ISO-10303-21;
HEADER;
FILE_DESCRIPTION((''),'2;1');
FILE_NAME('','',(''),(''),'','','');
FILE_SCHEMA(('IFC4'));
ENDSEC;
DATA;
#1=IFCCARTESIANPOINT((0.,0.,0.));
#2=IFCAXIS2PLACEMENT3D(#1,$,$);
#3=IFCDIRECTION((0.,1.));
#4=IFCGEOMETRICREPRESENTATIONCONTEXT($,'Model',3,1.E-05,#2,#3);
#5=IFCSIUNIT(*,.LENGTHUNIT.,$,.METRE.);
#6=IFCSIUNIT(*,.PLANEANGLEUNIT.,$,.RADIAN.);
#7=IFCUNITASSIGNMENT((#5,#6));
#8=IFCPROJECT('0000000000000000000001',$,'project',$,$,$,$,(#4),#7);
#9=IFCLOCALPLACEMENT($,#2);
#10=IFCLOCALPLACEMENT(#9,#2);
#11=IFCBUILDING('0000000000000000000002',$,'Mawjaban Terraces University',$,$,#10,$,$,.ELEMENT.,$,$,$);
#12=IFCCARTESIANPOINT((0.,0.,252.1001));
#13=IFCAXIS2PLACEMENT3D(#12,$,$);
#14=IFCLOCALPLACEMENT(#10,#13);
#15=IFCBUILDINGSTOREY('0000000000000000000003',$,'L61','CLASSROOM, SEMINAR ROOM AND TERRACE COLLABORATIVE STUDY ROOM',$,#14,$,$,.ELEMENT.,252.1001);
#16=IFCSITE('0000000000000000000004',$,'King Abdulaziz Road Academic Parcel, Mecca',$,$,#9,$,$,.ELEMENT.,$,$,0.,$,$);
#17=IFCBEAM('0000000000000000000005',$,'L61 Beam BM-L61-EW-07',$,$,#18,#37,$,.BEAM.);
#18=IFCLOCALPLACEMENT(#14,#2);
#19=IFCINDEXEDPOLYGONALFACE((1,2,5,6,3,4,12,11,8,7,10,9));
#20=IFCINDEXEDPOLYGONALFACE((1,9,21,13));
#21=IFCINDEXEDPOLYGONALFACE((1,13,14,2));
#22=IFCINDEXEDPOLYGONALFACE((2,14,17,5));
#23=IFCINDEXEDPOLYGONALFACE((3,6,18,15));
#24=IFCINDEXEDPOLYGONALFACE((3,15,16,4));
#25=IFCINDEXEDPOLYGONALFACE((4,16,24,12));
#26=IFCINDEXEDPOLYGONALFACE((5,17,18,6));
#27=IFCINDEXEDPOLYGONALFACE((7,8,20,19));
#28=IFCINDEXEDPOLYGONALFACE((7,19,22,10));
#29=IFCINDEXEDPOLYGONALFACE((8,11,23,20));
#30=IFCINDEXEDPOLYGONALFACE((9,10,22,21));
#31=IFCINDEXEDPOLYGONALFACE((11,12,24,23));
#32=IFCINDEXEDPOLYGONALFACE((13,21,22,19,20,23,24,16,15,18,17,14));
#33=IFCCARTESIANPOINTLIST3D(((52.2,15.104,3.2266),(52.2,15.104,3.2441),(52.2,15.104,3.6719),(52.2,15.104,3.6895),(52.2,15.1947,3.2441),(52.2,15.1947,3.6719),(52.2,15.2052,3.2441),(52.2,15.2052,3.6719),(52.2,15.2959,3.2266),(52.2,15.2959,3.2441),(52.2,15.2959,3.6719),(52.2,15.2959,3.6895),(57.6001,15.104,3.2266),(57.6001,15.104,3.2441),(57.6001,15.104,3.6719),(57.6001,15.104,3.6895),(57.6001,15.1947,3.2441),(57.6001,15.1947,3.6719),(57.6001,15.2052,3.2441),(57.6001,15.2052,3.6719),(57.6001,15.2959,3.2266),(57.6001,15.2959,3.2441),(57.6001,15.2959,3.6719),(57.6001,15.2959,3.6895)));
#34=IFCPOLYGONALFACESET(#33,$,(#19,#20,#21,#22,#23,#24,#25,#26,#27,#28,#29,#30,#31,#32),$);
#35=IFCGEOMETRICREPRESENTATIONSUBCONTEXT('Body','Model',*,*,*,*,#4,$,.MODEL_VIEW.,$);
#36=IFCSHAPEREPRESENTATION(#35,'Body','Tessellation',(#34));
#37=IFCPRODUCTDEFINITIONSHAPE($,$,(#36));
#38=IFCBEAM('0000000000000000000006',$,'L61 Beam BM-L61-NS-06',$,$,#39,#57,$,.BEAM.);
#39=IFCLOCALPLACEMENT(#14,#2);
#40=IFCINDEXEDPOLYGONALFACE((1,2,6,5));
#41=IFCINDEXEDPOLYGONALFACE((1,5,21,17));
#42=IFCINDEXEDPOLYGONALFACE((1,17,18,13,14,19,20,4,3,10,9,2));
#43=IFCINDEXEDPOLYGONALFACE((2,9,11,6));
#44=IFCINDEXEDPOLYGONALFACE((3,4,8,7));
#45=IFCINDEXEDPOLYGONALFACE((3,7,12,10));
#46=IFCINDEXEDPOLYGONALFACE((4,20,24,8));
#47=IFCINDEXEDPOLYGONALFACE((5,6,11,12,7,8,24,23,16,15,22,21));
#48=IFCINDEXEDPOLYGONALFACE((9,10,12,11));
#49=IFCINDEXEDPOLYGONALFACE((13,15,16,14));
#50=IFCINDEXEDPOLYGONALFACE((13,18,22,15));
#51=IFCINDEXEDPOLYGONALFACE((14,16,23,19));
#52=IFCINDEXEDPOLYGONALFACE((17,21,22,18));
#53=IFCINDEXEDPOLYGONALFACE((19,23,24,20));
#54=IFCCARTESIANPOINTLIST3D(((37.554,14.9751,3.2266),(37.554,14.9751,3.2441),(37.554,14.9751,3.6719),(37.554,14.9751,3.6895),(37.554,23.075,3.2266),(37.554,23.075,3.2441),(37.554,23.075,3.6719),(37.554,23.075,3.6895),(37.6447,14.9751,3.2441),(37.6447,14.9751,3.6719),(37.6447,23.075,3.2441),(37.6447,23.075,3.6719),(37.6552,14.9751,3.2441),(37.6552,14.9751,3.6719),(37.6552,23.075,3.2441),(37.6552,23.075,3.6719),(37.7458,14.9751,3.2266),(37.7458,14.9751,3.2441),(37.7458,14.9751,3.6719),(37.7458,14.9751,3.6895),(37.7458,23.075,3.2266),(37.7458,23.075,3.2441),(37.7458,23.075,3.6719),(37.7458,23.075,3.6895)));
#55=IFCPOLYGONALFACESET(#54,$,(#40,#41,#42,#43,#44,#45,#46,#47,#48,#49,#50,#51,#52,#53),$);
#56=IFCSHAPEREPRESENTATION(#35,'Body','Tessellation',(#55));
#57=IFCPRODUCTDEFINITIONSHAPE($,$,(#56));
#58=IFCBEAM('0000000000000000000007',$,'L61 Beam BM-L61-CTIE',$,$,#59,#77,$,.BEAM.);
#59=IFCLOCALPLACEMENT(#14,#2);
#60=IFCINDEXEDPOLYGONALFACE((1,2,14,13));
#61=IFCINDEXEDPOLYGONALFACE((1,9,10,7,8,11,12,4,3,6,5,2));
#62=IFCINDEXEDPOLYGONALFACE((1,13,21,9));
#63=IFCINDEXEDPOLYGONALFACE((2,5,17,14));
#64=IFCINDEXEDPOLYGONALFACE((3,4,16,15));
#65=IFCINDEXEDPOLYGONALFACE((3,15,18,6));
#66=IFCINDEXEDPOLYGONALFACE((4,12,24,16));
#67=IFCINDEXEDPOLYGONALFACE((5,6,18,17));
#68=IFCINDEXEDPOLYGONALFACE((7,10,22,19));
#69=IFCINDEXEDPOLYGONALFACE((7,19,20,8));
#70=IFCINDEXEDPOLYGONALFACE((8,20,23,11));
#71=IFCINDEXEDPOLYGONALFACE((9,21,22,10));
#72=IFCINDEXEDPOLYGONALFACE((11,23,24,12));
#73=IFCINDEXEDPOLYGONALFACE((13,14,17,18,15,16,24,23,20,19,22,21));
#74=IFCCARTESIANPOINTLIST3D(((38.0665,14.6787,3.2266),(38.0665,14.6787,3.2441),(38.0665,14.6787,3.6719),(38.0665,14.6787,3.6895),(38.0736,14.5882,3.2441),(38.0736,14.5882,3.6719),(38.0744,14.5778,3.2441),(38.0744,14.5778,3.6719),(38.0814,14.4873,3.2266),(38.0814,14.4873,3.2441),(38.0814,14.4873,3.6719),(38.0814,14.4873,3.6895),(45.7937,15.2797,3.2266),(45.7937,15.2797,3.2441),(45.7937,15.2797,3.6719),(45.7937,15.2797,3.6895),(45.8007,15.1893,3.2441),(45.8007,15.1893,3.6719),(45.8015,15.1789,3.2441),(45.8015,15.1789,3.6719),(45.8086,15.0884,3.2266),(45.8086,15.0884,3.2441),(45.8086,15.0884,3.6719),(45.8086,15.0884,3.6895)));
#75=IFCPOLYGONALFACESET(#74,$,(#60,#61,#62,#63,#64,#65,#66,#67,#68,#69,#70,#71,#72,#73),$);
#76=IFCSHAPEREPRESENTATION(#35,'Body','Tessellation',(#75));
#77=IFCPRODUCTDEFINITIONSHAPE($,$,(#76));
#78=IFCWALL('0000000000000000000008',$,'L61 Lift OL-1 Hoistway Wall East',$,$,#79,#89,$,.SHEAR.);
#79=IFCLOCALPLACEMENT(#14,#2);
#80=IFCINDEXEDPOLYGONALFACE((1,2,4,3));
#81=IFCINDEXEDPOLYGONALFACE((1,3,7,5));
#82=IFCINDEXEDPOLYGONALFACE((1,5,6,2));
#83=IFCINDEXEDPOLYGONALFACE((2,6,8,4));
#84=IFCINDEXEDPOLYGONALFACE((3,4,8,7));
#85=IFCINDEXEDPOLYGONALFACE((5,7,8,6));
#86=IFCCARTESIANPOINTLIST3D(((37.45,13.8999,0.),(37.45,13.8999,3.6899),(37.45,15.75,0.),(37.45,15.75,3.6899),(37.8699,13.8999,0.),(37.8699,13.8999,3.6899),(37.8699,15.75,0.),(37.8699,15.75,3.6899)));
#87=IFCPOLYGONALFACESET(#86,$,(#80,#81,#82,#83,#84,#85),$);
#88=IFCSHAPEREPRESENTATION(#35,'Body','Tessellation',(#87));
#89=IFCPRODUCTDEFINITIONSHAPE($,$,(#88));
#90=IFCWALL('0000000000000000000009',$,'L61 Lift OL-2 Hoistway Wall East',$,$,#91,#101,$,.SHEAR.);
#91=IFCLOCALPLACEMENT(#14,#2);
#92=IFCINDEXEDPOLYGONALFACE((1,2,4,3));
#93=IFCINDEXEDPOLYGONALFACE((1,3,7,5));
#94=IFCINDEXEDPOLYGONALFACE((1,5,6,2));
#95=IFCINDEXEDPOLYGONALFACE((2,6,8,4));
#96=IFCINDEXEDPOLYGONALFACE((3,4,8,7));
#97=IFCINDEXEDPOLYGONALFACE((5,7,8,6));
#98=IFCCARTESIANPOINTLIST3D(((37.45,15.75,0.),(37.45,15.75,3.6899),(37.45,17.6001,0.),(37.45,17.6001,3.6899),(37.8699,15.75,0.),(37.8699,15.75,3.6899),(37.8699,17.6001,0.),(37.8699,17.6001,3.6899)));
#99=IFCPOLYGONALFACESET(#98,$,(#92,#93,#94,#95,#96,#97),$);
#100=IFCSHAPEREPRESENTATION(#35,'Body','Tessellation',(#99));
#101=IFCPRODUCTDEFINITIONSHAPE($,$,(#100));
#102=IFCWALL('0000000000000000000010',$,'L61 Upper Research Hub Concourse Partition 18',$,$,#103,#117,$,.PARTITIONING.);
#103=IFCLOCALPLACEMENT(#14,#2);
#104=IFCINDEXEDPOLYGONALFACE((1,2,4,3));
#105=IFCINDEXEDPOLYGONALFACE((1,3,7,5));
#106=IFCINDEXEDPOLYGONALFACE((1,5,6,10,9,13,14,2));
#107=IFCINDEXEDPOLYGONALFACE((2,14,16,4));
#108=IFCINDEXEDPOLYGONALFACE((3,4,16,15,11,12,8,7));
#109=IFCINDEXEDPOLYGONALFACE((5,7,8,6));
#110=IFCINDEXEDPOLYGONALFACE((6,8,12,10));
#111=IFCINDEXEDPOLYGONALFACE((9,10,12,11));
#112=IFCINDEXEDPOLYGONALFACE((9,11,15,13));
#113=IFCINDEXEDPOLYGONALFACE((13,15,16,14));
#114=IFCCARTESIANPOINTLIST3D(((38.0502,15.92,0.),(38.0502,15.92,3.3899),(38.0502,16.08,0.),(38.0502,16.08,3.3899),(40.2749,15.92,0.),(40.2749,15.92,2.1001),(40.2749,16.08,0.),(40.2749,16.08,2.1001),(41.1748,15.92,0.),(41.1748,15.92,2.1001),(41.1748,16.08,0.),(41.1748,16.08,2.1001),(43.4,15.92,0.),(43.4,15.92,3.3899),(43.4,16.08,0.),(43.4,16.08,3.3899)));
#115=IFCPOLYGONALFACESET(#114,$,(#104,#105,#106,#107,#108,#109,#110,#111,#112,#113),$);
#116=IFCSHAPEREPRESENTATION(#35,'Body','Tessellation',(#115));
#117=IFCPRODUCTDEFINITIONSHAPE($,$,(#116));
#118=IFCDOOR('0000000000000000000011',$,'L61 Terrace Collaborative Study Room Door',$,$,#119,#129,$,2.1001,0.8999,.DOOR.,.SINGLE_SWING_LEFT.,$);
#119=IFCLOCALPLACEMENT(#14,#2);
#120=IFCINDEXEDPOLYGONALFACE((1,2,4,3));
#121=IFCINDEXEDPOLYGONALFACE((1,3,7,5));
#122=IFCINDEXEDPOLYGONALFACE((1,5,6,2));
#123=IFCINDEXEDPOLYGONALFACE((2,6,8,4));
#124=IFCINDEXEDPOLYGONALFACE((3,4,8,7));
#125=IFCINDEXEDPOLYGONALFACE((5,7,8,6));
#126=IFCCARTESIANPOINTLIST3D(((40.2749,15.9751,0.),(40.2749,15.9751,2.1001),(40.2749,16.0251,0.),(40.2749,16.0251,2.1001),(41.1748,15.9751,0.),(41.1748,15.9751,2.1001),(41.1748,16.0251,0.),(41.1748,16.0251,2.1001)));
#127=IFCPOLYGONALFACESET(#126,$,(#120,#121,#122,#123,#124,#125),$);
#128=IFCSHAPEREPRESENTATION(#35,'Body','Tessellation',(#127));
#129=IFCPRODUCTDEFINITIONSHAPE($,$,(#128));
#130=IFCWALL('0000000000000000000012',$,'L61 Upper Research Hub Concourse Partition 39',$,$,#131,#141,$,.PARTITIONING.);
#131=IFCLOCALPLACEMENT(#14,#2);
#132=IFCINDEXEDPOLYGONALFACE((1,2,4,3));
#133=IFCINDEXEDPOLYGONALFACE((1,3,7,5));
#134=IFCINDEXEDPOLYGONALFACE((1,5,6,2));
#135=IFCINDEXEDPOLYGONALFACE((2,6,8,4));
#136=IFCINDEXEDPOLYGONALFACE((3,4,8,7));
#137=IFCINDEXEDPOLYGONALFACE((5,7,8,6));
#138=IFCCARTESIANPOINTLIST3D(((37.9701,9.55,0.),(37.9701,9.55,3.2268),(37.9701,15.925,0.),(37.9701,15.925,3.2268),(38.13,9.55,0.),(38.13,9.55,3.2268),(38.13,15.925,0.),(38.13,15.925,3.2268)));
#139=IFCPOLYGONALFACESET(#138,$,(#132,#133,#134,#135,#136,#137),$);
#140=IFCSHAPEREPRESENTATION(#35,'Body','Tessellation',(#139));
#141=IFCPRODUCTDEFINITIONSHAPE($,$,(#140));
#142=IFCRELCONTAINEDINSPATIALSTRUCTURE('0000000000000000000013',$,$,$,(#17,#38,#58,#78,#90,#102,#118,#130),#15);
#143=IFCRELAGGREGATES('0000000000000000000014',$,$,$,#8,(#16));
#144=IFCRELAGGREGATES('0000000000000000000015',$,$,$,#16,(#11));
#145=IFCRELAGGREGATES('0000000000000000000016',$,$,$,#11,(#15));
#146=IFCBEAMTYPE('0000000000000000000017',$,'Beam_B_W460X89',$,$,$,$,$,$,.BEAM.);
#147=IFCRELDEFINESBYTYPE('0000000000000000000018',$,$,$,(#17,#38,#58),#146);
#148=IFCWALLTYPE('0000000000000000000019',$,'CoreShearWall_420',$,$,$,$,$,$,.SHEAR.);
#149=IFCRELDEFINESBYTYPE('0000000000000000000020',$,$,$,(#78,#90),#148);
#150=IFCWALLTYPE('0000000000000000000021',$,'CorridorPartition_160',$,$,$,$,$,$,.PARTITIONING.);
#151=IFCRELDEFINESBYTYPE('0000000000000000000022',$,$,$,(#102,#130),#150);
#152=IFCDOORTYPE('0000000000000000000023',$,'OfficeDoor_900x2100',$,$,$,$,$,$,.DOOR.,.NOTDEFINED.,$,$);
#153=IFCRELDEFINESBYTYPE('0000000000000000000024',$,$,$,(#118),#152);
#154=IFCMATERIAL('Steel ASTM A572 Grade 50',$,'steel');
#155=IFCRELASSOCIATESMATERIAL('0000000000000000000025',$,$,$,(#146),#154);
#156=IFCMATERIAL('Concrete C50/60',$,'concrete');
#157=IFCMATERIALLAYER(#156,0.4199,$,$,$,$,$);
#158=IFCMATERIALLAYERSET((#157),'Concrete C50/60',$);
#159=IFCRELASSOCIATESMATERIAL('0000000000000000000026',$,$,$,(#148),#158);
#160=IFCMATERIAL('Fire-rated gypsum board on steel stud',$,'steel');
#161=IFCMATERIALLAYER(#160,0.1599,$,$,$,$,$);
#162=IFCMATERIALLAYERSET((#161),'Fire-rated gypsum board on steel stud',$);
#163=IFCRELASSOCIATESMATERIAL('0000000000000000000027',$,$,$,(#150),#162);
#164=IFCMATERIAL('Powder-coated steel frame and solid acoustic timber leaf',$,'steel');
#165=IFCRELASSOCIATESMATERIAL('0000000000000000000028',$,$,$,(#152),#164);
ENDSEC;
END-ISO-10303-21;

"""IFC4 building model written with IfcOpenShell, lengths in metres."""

from ifc_helpers import new_model, si_unit, direction, frame, frame_2d, origin, origin_2d, place, context, subcontext, project, spatial, rectangle, i_section, extrude, material, layer, layer_set, material_profile, profile_set, type_object, element, fill, save


model = new_model("IFC4")

# Units and contexts
model_context = context("Model", 3, precision=1e-05, world=origin(), true_north=direction((0.0, 1.0)))
body_context = subcontext(model_context, "Body", "Model", "MODEL_VIEW")
ifc_project = project(units=[si_unit("LENGTHUNIT", "METRE"), si_unit("PLANEANGLEUNIT", "RADIAN")], contexts=[model_context])

# Site, building, storey
site_placement = place(None, origin())
site = spatial("IfcSite", under=ifc_project, at=site_placement, Name="King Abdulaziz Road Academic Parcel, Mecca", CompositionType="ELEMENT", RefElevation=0.0)
building_placement = place(site_placement, origin())
building = spatial("IfcBuilding", under=site, at=building_placement, Name="Mawjaban Terraces University", CompositionType="ELEMENT")
storey_placement = place(building_placement, frame((0.0, 0.0, 252.1001)))
storey = spatial("IfcBuildingStorey", under=building, at=storey_placement, Name="L61", Description="CLASSROOM, SEMINAR ROOM AND TERRACE COLLABORATIVE STUDY ROOM", CompositionType="ELEMENT", Elevation=252.1001)

# Shared definitions
ifc_material_1 = material(Name="Concrete C50/60", Category="concrete")

# Beams
ifc_material_2 = material(Name="Steel ASTM A572 Grade 50", Category="steel")
ifc_material_profile_1 = material_profile(ifc_material_2, i_section(OverallWidth=0.1919, OverallDepth=0.4629, WebThickness=0.0105, FlangeThickness=0.0176, at=origin_2d()), Name="W460X89")
ifc_profile_set_1 = profile_set([ifc_material_profile_1], Name="Steel ASTM A572 Grade 50")
beam_type_1 = type_object("IfcBeamType", Name="Beam_B_W460X89", PredefinedType="BEAM", material=ifc_profile_set_1)
beam_1_placement = place(storey_placement, frame((52.2, 15.2, 3.458), z_axis=(1.0, 0.0, 0.0), x_axis=(0.0, 1.0, 0.0)))
element("IfcBeam", 1, at=beam_1_placement, inside=storey, type_object=beam_type_1, Name="L61 Beam BM-L61-EW-07", PredefinedType="BEAM", context=body_context, shape_type="SweptSolid", body=[
    extrude(i_section(OverallWidth=0.1919, OverallDepth=0.4629, WebThickness=0.0105, FlangeThickness=0.0176, at=origin_2d()), origin(), (0.0, 0.0, 1.0), 5.4001),
])
beam_2_placement = place(storey_placement, frame((37.6499, 14.9751, 3.458), z_axis=(0.0, 1.0, 0.0), x_axis=(-1.0, 0.0, 0.0)))
element("IfcBeam", 2, at=beam_2_placement, inside=storey, type_object=beam_type_1, Name="L61 Beam BM-L61-NS-06", PredefinedType="BEAM", context=body_context, shape_type="SweptSolid", body=[
    extrude(i_section(OverallWidth=0.1919, OverallDepth=0.4629, WebThickness=0.0105, FlangeThickness=0.0176, at=origin_2d()), origin(), (0.0, 0.0, 1.0), 8.0999),
])
beam_3_placement = place(storey_placement, frame((38.074, 14.583, 3.458), z_axis=(0.996988, 0.077554, 0.0), x_axis=(-0.077554, 0.996988, 0.0)))
element("IfcBeam", 3, at=beam_3_placement, inside=storey, type_object=beam_type_1, Name="L61 Beam BM-L61-CTIE", PredefinedType="BEAM", context=body_context, shape_type="SweptSolid", body=[
    extrude(i_section(OverallWidth=0.1919, OverallDepth=0.4629, WebThickness=0.0105, FlangeThickness=0.0176, at=origin_2d()), origin(), (0.0, 0.0, 1.0), 7.7505),
])

# Walls
ifc_layer_1 = layer(ifc_material_1, 0.4199)
ifc_layer_set_1 = layer_set([ifc_layer_1], Name="Concrete C50/60")
wall_type_1 = type_object("IfcWallType", Name="CoreShearWall_420", PredefinedType="SHEAR", material=ifc_layer_set_1)
for number, where, z_axis, x_axis, name in (
    (4, (37.6599, 13.8999, 0.0), (0.0, 0.0, 1.0), (0.0, 1.0, 0.0), "L61 Lift OL-1 Hoistway Wall East"),
    (5, (37.6599, 15.75, 0.0), (0.0, 0.0, 1.0), (0.0, 1.0, 0.0), "L61 Lift OL-2 Hoistway Wall East"),
):
    element("IfcWall", number, at=place(storey_placement, frame(where, z_axis=z_axis, x_axis=x_axis)), inside=storey, type_object=wall_type_1, Name=name, PredefinedType="SHEAR", context=body_context, shape_type="SweptSolid", body=[
        extrude(rectangle(XDim=1.8501, YDim=0.4199, at=frame_2d((0.925, 0.0))), origin(), (0.0, 0.0, 1.0), 3.6899),
    ])

# Wall, opening, door
ifc_material_3 = material(Name="Fire-rated gypsum board on steel stud", Category="steel")
ifc_layer_2 = layer(ifc_material_3, 0.1599)
ifc_layer_set_2 = layer_set([ifc_layer_2], Name="Fire-rated gypsum board on steel stud")
wall_type_2 = type_object("IfcWallType", Name="CorridorPartition_160", PredefinedType="PARTITIONING", material=ifc_layer_set_2)
wall_1_placement = place(storey_placement, frame((43.3999, 16.0, 0.0), z_axis=(0.0, 0.0, 1.0), x_axis=(-1.0, 0.0, 0.0)))
wall_1 = element("IfcWall", 6, at=wall_1_placement, inside=storey, type_object=wall_type_2, Name="L61 Upper Research Hub Concourse Partition 18", PredefinedType="PARTITIONING", context=body_context, shape_type="SweptSolid", body=[
    extrude(rectangle(XDim=5.3499, YDim=0.1599, at=frame_2d((2.6748, 0.0))), origin(), (0.0, 0.0, 1.0), 3.3899),
])
opening_1_placement = place(wall_1_placement, frame((2.2251, 0.0, 0.0)))
opening_1 = element("IfcOpeningElement", 7, at=opening_1_placement, cuts=wall_1, PredefinedType="OPENING", context=body_context, shape_type="SweptSolid", body=[
    extrude(rectangle(XDim=0.8999, YDim=2.1001, at=frame_2d((0.45, 1.05))), frame((0.0, 0.0898, 0.0), z_axis=(0.0, -1.0, 0.0), x_axis=(1.0, 0.0, 0.0)), (0.0, 0.0, 1.0), 0.1799),
])
ifc_material_4 = material(Name="Powder-coated steel frame and solid acoustic timber leaf", Category="steel")
door_type_1 = type_object("IfcDoorType", Name="OfficeDoor_900x2100", OperationType="NOTDEFINED", PredefinedType="DOOR", material=ifc_material_4)
door_1_placement = place(opening_1_placement, origin())
door_1 = element("IfcDoor", 8, at=door_1_placement, inside=storey, type_object=door_type_1, Name="L61 Terrace Collaborative Study Room Door", OperationType="SINGLE_SWING_LEFT", OverallHeight=2.1001, OverallWidth=0.8999, PredefinedType="DOOR", context=body_context, shape_type="SweptSolid", body=[
    extrude(rectangle(XDim=0.8999, YDim=2.1001, at=frame_2d((0.45, 1.05))), frame((0.0, 0.0249, 0.0), z_axis=(0.0, -1.0, 0.0), x_axis=(1.0, 0.0, 0.0)), (0.0, 0.0, 1.0), 0.05),
])
fill(opening_1, door_1)

# Wall
wall_2_placement = place(storey_placement, frame((38.05, 15.925, 0.0), z_axis=(0.0, 0.0, 1.0), x_axis=(0.0, -1.0, 0.0)))
element("IfcWall", 9, at=wall_2_placement, inside=storey, type_object=wall_type_2, Name="L61 Upper Research Hub Concourse Partition 39", PredefinedType="PARTITIONING", context=body_context, shape_type="SweptSolid", body=[
    extrude(rectangle(XDim=6.375, YDim=0.1599, at=frame_2d((3.1875, 0.0))), origin(), (0.0, 0.0, 1.0), 3.2268),
])

save(model, "model.ifc")
